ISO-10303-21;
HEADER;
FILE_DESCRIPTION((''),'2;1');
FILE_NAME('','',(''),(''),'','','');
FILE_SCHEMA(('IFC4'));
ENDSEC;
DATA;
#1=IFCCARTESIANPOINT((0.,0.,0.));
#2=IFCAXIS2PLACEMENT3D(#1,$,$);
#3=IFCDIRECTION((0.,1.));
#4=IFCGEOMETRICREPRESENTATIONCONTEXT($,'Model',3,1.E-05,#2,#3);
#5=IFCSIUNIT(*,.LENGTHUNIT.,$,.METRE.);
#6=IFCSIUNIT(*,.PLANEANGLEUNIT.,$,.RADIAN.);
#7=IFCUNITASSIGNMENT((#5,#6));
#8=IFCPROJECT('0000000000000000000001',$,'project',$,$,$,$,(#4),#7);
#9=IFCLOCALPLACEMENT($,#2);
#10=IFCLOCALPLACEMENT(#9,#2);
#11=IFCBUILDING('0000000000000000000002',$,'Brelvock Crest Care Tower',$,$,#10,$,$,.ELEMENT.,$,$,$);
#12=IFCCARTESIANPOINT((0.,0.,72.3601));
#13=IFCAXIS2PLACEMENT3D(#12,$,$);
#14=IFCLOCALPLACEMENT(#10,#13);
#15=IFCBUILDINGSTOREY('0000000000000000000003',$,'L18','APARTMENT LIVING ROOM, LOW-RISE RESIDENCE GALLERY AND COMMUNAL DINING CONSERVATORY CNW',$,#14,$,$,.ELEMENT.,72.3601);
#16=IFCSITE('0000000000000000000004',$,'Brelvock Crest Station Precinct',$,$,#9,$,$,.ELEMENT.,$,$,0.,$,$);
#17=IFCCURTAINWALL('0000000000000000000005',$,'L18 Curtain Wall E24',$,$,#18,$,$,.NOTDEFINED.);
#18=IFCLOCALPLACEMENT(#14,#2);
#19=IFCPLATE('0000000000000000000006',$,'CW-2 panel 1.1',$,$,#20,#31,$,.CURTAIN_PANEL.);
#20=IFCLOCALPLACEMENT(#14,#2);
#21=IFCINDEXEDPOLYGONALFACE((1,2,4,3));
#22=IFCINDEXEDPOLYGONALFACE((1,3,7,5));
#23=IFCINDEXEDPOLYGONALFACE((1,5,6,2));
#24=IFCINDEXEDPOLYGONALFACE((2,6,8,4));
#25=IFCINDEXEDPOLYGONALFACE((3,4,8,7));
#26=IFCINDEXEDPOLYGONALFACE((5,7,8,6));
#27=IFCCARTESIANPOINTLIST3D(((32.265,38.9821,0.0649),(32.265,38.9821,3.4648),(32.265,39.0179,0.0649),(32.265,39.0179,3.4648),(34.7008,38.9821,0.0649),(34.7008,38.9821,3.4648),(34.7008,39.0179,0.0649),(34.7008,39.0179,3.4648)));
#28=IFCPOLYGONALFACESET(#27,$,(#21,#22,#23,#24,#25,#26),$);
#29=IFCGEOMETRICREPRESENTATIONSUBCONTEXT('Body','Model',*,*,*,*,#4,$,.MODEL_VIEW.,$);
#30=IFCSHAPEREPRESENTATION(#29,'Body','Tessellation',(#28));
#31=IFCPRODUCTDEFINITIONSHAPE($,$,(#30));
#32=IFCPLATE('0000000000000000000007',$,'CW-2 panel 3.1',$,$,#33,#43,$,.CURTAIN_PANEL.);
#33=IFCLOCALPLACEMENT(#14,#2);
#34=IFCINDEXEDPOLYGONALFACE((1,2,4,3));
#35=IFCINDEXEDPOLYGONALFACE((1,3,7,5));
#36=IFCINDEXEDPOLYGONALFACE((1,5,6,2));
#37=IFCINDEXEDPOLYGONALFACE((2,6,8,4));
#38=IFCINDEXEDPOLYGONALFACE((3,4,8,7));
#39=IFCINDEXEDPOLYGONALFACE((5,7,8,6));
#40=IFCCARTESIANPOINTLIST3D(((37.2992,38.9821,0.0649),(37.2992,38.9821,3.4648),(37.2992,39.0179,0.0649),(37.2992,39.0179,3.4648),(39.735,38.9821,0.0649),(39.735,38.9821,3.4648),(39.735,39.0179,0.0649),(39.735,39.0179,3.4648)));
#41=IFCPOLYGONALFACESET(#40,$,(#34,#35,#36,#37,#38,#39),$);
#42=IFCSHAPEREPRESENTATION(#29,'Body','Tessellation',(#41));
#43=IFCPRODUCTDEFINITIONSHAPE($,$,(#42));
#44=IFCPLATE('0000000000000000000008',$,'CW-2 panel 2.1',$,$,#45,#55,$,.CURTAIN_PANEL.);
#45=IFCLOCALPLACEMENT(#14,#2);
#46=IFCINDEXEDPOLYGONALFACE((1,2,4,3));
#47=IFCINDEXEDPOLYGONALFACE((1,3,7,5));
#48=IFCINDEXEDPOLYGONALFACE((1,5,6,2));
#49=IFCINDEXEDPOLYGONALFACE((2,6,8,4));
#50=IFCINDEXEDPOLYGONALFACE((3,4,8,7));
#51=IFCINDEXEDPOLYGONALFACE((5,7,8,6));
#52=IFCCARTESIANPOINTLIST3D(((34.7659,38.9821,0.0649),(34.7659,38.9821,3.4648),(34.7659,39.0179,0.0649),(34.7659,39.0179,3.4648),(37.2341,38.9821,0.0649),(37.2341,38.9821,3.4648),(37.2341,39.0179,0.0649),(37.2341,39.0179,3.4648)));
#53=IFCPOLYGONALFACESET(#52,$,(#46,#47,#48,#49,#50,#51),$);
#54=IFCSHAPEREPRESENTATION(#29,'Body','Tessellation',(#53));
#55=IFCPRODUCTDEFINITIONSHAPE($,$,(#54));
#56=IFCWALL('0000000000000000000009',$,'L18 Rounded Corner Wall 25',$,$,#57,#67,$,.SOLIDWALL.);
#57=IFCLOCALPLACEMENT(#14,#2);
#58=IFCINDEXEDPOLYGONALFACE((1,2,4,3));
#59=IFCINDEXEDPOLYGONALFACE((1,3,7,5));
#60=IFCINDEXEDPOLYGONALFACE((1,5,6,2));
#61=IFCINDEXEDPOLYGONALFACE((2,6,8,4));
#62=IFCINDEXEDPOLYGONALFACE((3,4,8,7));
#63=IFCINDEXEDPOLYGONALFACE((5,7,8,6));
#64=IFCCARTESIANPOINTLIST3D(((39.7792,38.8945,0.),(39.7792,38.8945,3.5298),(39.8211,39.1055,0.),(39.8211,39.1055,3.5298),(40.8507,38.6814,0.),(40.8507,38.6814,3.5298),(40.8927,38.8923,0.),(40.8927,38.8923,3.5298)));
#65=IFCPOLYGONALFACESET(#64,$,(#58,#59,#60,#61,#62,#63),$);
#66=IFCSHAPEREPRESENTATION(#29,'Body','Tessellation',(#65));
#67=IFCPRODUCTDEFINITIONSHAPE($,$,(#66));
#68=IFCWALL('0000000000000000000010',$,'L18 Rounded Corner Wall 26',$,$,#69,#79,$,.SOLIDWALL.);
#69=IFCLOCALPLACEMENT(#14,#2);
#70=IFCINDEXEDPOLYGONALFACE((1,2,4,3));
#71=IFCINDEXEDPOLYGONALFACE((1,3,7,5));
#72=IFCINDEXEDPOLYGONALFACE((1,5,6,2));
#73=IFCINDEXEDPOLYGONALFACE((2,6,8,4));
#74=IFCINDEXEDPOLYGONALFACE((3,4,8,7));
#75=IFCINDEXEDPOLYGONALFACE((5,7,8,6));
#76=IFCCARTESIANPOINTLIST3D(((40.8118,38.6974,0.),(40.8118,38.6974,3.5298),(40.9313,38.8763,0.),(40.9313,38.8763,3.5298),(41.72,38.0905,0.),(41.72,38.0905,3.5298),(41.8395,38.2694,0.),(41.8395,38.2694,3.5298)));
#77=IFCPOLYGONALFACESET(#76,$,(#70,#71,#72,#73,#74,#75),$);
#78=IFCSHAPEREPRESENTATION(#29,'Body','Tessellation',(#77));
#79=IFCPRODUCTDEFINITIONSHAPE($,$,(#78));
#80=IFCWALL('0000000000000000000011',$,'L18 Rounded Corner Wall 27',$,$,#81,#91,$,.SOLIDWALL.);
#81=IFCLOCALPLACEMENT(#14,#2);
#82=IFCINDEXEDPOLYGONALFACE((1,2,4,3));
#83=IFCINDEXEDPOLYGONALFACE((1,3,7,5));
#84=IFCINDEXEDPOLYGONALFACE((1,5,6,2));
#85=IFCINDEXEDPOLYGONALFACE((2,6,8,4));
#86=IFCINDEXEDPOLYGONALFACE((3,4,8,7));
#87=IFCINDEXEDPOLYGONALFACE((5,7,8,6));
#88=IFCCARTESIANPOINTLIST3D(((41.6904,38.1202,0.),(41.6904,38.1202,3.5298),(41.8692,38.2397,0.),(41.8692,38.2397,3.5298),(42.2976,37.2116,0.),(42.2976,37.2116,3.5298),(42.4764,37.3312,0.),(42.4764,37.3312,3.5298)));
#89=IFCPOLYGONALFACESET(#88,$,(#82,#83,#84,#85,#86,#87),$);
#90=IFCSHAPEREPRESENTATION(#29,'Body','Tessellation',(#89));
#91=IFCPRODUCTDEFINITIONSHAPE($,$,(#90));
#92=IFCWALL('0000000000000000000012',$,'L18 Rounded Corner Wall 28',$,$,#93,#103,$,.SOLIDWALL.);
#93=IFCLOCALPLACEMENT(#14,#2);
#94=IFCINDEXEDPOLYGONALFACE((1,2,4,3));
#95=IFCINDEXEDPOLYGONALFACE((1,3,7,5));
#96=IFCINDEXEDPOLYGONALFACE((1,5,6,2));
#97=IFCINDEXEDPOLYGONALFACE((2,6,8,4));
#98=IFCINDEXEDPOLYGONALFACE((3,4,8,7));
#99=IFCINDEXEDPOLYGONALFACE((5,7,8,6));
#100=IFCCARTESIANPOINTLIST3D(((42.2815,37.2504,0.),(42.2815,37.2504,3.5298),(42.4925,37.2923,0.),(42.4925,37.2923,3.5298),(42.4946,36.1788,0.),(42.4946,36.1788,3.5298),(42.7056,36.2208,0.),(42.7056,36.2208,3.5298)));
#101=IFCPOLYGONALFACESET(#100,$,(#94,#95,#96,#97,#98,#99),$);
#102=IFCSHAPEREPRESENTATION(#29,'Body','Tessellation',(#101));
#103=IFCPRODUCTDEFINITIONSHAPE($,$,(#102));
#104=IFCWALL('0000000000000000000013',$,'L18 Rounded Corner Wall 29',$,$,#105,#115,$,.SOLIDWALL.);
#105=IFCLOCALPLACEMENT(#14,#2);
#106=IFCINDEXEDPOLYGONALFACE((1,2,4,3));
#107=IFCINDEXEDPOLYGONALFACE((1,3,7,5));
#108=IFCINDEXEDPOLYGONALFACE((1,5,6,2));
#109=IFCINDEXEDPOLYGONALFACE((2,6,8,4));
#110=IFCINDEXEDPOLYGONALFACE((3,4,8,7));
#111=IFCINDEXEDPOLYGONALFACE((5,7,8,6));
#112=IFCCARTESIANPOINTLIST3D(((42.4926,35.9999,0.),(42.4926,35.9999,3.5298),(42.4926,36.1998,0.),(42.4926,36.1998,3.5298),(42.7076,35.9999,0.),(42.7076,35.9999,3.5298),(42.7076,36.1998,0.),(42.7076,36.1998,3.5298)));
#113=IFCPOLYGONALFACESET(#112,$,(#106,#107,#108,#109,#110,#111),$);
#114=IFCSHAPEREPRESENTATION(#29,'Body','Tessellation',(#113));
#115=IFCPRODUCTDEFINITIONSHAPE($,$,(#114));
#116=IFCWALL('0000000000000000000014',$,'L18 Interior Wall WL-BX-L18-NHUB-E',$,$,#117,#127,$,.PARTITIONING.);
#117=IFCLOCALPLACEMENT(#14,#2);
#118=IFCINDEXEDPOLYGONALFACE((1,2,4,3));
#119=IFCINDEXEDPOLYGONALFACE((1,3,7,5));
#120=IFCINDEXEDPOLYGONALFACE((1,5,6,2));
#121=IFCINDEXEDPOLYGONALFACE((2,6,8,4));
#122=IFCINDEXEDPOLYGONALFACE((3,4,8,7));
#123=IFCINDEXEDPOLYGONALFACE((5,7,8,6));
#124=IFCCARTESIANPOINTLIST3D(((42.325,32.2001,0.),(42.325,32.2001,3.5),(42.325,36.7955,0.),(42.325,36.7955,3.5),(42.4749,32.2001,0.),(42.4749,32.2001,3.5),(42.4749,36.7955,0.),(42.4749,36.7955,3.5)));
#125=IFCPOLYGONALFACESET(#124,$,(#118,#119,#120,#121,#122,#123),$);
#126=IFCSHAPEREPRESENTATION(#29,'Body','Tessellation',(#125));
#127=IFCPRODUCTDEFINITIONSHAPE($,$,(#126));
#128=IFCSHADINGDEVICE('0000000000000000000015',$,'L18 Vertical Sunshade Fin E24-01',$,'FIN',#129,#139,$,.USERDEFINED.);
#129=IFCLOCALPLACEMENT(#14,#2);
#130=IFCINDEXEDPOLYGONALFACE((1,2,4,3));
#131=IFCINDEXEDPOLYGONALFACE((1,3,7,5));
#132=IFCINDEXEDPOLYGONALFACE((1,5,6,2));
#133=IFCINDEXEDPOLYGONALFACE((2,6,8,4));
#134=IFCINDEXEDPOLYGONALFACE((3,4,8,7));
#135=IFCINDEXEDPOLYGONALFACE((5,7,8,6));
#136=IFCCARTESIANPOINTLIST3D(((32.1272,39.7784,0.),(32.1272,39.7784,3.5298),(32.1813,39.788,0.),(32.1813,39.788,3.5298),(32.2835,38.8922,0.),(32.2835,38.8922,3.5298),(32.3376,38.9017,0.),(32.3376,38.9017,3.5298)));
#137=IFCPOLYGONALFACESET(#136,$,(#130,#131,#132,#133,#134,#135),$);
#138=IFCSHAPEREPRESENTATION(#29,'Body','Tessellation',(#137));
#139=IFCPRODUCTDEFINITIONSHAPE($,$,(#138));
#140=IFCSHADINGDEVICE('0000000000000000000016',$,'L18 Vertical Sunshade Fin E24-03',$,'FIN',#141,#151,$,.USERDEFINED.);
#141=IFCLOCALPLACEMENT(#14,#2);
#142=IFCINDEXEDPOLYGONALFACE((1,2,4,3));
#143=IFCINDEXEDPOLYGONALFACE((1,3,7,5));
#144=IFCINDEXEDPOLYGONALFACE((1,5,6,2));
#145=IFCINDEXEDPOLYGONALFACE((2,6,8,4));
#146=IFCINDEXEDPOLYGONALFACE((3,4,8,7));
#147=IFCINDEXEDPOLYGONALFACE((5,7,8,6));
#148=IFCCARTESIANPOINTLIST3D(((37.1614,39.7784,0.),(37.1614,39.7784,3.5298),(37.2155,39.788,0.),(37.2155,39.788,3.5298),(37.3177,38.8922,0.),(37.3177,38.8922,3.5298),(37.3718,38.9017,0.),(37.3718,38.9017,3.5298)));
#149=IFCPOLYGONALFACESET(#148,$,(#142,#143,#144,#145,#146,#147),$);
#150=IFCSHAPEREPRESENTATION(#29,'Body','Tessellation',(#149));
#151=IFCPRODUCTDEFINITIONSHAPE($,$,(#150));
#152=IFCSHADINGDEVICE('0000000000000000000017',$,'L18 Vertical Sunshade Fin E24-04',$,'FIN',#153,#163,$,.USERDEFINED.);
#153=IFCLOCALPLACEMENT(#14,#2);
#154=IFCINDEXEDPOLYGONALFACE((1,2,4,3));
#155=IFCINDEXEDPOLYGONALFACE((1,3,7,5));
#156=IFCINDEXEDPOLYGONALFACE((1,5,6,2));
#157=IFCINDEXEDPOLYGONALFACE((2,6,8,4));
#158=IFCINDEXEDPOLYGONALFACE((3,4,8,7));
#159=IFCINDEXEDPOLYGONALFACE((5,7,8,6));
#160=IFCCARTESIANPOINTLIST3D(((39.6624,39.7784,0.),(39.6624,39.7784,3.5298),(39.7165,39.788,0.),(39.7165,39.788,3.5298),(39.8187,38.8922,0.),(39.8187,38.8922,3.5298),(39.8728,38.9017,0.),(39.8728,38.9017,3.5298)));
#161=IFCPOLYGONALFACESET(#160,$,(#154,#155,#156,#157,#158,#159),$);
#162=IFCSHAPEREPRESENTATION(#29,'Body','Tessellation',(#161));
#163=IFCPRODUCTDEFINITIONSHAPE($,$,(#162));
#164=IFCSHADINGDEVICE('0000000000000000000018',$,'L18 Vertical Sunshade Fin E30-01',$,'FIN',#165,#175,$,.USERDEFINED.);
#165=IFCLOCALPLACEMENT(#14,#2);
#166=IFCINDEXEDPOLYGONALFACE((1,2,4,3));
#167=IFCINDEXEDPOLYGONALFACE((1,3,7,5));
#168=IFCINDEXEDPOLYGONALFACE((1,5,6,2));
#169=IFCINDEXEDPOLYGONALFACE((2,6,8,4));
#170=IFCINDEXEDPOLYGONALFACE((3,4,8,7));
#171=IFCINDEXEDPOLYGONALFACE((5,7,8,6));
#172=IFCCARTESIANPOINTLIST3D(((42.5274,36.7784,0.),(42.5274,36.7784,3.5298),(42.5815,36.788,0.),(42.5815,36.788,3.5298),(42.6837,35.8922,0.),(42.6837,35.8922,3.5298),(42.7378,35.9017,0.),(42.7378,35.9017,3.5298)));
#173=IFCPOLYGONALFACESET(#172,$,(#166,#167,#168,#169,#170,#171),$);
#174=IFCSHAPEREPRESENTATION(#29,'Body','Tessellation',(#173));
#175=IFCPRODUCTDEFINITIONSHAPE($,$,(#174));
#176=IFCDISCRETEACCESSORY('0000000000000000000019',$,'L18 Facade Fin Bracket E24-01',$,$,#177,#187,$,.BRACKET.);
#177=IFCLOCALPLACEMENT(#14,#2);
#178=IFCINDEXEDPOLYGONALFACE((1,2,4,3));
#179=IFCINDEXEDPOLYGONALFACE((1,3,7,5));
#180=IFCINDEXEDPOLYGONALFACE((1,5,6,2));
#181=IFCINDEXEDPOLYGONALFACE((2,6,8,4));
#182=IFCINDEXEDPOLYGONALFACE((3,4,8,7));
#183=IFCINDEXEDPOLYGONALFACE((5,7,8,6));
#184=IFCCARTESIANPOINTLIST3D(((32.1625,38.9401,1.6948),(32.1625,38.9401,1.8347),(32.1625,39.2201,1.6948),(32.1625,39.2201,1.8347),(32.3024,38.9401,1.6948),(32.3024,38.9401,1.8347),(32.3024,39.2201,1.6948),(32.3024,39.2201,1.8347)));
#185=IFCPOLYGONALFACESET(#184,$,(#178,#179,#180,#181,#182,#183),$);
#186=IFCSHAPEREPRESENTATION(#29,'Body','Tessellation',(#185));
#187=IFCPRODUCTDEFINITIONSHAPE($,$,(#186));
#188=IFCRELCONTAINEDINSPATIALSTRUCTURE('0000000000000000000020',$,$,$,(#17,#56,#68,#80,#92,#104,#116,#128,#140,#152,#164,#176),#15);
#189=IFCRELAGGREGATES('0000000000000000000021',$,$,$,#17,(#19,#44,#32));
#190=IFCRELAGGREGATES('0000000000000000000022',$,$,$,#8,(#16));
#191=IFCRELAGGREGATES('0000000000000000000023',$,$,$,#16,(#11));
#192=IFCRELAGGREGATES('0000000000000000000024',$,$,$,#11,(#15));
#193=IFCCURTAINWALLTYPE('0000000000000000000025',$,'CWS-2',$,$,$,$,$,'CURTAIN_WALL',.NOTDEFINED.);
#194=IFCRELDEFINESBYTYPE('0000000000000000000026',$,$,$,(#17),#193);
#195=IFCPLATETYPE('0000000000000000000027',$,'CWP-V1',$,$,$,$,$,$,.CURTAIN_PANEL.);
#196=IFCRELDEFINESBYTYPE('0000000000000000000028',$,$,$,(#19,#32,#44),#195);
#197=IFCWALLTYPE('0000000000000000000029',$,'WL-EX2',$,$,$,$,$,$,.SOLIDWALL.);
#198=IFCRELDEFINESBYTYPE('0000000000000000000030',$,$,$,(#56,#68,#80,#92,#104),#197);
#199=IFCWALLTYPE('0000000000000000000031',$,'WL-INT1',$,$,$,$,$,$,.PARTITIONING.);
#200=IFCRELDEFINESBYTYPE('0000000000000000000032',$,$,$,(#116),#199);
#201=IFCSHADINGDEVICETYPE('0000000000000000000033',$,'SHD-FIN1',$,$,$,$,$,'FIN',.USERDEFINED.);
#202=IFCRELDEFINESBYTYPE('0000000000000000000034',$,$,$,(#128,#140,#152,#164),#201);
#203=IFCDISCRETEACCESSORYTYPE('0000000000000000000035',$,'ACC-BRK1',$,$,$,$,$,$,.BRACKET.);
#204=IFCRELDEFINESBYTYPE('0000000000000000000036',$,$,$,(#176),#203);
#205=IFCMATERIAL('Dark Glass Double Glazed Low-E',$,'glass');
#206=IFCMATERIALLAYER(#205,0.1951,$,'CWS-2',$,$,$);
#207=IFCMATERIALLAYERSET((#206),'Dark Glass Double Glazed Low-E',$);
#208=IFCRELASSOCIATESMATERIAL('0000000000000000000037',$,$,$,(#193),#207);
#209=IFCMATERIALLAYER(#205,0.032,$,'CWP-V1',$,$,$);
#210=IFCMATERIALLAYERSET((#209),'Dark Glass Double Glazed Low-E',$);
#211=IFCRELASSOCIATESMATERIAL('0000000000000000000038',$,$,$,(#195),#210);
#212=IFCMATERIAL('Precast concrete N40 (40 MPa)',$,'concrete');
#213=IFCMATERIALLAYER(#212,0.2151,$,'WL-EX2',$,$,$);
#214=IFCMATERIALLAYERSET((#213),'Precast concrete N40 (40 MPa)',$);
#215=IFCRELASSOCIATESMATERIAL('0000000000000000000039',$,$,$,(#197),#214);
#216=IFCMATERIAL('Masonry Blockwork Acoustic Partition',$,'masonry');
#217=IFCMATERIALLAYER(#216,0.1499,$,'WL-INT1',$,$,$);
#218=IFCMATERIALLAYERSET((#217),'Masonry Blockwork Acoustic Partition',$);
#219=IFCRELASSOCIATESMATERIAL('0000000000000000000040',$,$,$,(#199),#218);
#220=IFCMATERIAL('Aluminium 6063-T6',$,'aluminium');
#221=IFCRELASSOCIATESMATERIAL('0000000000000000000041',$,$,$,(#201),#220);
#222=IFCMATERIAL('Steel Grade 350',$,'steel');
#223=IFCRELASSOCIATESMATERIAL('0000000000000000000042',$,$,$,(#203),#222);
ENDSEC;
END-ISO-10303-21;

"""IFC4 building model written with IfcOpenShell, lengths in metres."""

from ifc_helpers import new_model, si_unit, direction, frame, frame_2d, origin, origin_2d, place, context, subcontext, project, spatial, rectangle, extrude, source, transform, mapped, material, layer, layer_set, material_profile, profile_set, type_object, element, aggregate, save


model = new_model("IFC4")

# Units and contexts
model_context = context("Model", 3, precision=1e-05, world=origin(), true_north=direction((0.0, 1.0)))
body_context = subcontext(model_context, "Body", "Model", "MODEL_VIEW")
ifc_project = project(units=[si_unit("LENGTHUNIT", "METRE"), si_unit("PLANEANGLEUNIT", "RADIAN")], contexts=[model_context])

# Site, building, storey
site_placement = place(None, origin())
site = spatial("IfcSite", under=ifc_project, at=site_placement, Name="Brelvock Crest Station Precinct", CompositionType="ELEMENT", RefElevation=0.0)
building_placement = place(site_placement, origin())
building = spatial("IfcBuilding", under=site, at=building_placement, Name="Brelvock Crest Care Tower", CompositionType="ELEMENT")
storey_placement = place(building_placement, frame((0.0, 0.0, 72.3601)))
storey = spatial("IfcBuildingStorey", under=building, at=storey_placement, Name="L18", Description="APARTMENT LIVING ROOM, LOW-RISE RESIDENCE GALLERY AND COMMUNAL DINING CONSERVATORY CNW", CompositionType="ELEMENT", Elevation=72.3601)

# Shared definitions
ifc_material_1 = material(Name="Steel Grade 350", Category="steel")

# Curtain wall
ifc_material_2 = material(Name="Dark Glass Double Glazed Low-E", Category="glass")
ifc_layer_1 = layer(ifc_material_2, 0.1951, Name="CWS-2")
ifc_layer_set_1 = layer_set([ifc_layer_1], Name="Dark Glass Double Glazed Low-E")
curtain_wall_type = type_object("IfcCurtainWallType", Name="CWS-2", ElementType="CURTAIN_WALL", PredefinedType="NOTDEFINED", material=ifc_layer_set_1)
ifc_material_3 = material(Name="Aluminium 6063-T6", Category="aluminium")
curtain_wall_1_placement = place(storey_placement, origin())
curtain_wall_1 = element("IfcCurtainWall", 1, at=curtain_wall_1_placement, inside=storey, type_object=curtain_wall_type, Name="L18 Curtain Wall E24", PredefinedType="NOTDEFINED")

# Plates
ifc_layer_2 = layer(ifc_material_2, 0.032, Name="CWP-V1")
ifc_layer_set_2 = layer_set([ifc_layer_2], Name="Dark Glass Double Glazed Low-E")
plate_type = type_object("IfcPlateType", Name="CWP-V1", PredefinedType="CURTAIN_PANEL", material=ifc_layer_set_2)
shared_shape_1 = source(origin(), body_context, "Body", "SweptSolid", [
    extrude(rectangle(XDim=2.4358, YDim=0.0359, at=origin_2d()), origin(), (0.0, 0.0, 1.0), 3.3999),
])
plate_1_placement = place(storey_placement, frame((33.4829, 39.0, 0.0649), z_axis=(0.0, 0.0, 1.0), x_axis=(1.0, 0.0, 0.0)))
plate_1 = element("IfcPlate", 2, at=plate_1_placement, type_object=plate_type, Name="CW-2 panel 1.1", PredefinedType="CURTAIN_PANEL", context=body_context, shape_type="MappedRepresentation", body=[
    mapped(shared_shape_1, transform((0.0, 0.0, 0.0), x_axis=(1.0, 0.0, 0.0), y_axis=(0.0, 1.0, 0.0), z_axis=(0.0, 0.0, 1.0), scale=1.0)),
])
plate_2_placement = place(storey_placement, frame((38.5171, 39.0, 0.0649), z_axis=(0.0, 0.0, 1.0), x_axis=(1.0, 0.0, 0.0)))
plate_2 = element("IfcPlate", 3, at=plate_2_placement, type_object=plate_type, Name="CW-2 panel 3.1", PredefinedType="CURTAIN_PANEL", context=body_context, shape_type="MappedRepresentation", body=[
    mapped(shared_shape_1, transform((0.0, 0.0, 0.0), x_axis=(1.0, 0.0, 0.0), y_axis=(0.0, 1.0, 0.0), z_axis=(0.0, 0.0, 1.0), scale=1.0)),
])
shared_shape_2 = source(origin(), body_context, "Body", "SweptSolid", [
    extrude(rectangle(XDim=2.4683, YDim=0.0359, at=origin_2d()), origin(), (0.0, 0.0, 1.0), 3.3999),
])
plate_3_placement = place(storey_placement, frame((36.0, 39.0, 0.0649), z_axis=(0.0, 0.0, 1.0), x_axis=(1.0, 0.0, 0.0)))
plate_3 = element("IfcPlate", 4, at=plate_3_placement, type_object=plate_type, Name="CW-2 panel 2.1", PredefinedType="CURTAIN_PANEL", context=body_context, shape_type="MappedRepresentation", body=[
    mapped(shared_shape_2, transform((0.0, 0.0, 0.0), x_axis=(1.0, 0.0, 0.0), y_axis=(0.0, 1.0, 0.0), z_axis=(0.0, 0.0, 1.0), scale=1.0)),
])
aggregate(curtain_wall_1, [plate_1, plate_3, plate_2])

# Walls
ifc_material_4 = material(Name="Precast concrete N40 (40 MPa)", Category="concrete")
ifc_layer_3 = layer(ifc_material_4, 0.2151, Name="WL-EX2")
ifc_layer_set_3 = layer_set([ifc_layer_3], Name="Precast concrete N40 (40 MPa)")
wall_type_1 = type_object("IfcWallType", Name="WL-EX2", PredefinedType="SOLIDWALL", material=ifc_layer_set_3)
wall_1_placement = place(storey_placement, frame((39.8, 39.0, 0.0), z_axis=(0.0, 0.0, 1.0), x_axis=(0.980786, -0.195085, 0.0)))
element("IfcWall", 5, at=wall_1_placement, inside=storey, type_object=wall_type_1, Name="L18 Rounded Corner Wall 25", PredefinedType="SOLIDWALL", context=body_context, shape_type="SweptSolid", body=[
    extrude(rectangle(XDim=1.0925, YDim=0.2151, at=frame_2d((0.5464, 0.0))), origin(), (0.0, 0.0, 1.0), 3.5298),
])
wall_2_placement = place(storey_placement, frame((40.8716, 38.7869, 0.0), z_axis=(0.0, 0.0, 1.0), x_axis=(0.831431, -0.555628, 0.0)))
element("IfcWall", 6, at=wall_2_placement, inside=storey, type_object=wall_type_1, Name="L18 Rounded Corner Wall 26", PredefinedType="SOLIDWALL", context=body_context, shape_type="SweptSolid", body=[
    extrude(rectangle(XDim=1.0923, YDim=0.2151, at=frame_2d((0.5461, 0.0))), origin(), (0.0, 0.0, 1.0), 3.5298),
])
wall_3_placement = place(storey_placement, frame((41.7798, 38.1799, 0.0), z_axis=(0.0, 0.0, 1.0), x_axis=(0.555679, -0.831397, 0.0)))
element("IfcWall", 7, at=wall_3_placement, inside=storey, type_object=wall_type_1, Name="L18 Rounded Corner Wall 27", PredefinedType="SOLIDWALL", context=body_context, shape_type="SweptSolid", body=[
    extrude(rectangle(XDim=1.0928, YDim=0.2151, at=frame_2d((0.5464, 0.0))), origin(), (0.0, 0.0, 1.0), 3.5298),
])
wall_4_placement = place(storey_placement, frame((42.387, 37.2715, 0.0), z_axis=(0.0, 0.0, 1.0), x_axis=(0.195085, -0.980786, 0.0)))
element("IfcWall", 8, at=wall_4_placement, inside=storey, type_object=wall_type_1, Name="L18 Rounded Corner Wall 28", PredefinedType="SOLIDWALL", context=body_context, shape_type="SweptSolid", body=[
    extrude(rectangle(XDim=1.0925, YDim=0.2151, at=frame_2d((0.5464, 0.0))), origin(), (0.0, 0.0, 1.0), 3.5298),
])
wall_5_placement = place(storey_placement, frame((42.6001, 36.2, 0.0), z_axis=(0.0, 0.0, 1.0), x_axis=(0.0, -1.0, 0.0)))
element("IfcWall", 9, at=wall_5_placement, inside=storey, type_object=wall_type_1, Name="L18 Rounded Corner Wall 29", PredefinedType="SOLIDWALL", context=body_context, shape_type="SweptSolid", body=[
    extrude(rectangle(XDim=0.2, YDim=0.2151, at=frame_2d((0.1001, 0.0))), origin(), (0.0, 0.0, 1.0), 3.5298),
])
ifc_material_5 = material(Name="Masonry Blockwork Acoustic Partition", Category="masonry")
ifc_layer_4 = layer(ifc_material_5, 0.1499, Name="WL-INT1")
ifc_layer_set_4 = layer_set([ifc_layer_4], Name="Masonry Blockwork Acoustic Partition")
wall_type_2 = type_object("IfcWallType", Name="WL-INT1", PredefinedType="PARTITIONING", material=ifc_layer_set_4)
wall_6_placement = place(storey_placement, frame((42.3999, 32.2, 0.0), z_axis=(0.0, 0.0, 1.0), x_axis=(0.0, 1.0, 0.0)))
element("IfcWall", 10, at=wall_6_placement, inside=storey, type_object=wall_type_2, Name="L18 Interior Wall WL-BX-L18-NHUB-E", PredefinedType="PARTITIONING", context=body_context, shape_type="SweptSolid", body=[
    extrude(rectangle(XDim=4.5955, YDim=0.1499, at=frame_2d((2.2979, 0.0))), origin(), (0.0, 0.0, 1.0), 3.5),
])

# Shading devices
ifc_material_profile_1 = material_profile(ifc_material_3, rectangle(XDim=0.0549, YDim=0.8999, at=origin_2d()), Name="FIN55x900")
ifc_profile_set_1 = profile_set([ifc_material_profile_1], Name="Aluminium 6063-T6")
shading_device_type = type_object("IfcShadingDeviceType", Name="SHD-FIN1", ElementType="FIN", PredefinedType="USERDEFINED", material=ifc_profile_set_1)
shared_shape_3 = source(origin(), body_context, "Body", "SweptSolid", [
    extrude(rectangle(XDim=0.0549, YDim=0.8999, at=origin_2d()), origin(), (0.0, 0.0, 1.0), 3.5298),
])
for number, where, z_axis, x_axis, name in (
    (11, (32.2324, 39.3401, 0.0), (0.0, 0.0, 1.0), (0.984808, 0.173648, 0.0), "L18 Vertical Sunshade Fin E24-01"),
    (12, (37.2666, 39.3401, 0.0), (0.0, 0.0, 1.0), (0.984808, 0.173648, 0.0), "L18 Vertical Sunshade Fin E24-03"),
    (13, (39.7676, 39.3401, 0.0), (0.0, 0.0, 1.0), (0.984808, 0.173648, 0.0), "L18 Vertical Sunshade Fin E24-04"),
    (14, (42.6326, 36.3401, 0.0), (0.0, 0.0, 1.0), (0.984808, 0.173648, 0.0), "L18 Vertical Sunshade Fin E30-01"),
):
    element("IfcShadingDevice", number, at=place(storey_placement, frame(where, z_axis=z_axis, x_axis=x_axis)), inside=storey, type_object=shading_device_type, Name=name, ObjectType="FIN", PredefinedType="USERDEFINED", context=body_context, shape_type="MappedRepresentation", body=[
        mapped(shared_shape_3, transform((0.0, 0.0, 0.0), x_axis=(1.0, 0.0, 0.0), y_axis=(0.0, 1.0, 0.0), z_axis=(0.0, 0.0, 1.0), scale=1.0)),
    ])

# Discrete accessory
discrete_accessory_type = type_object("IfcDiscreteAccessoryType", Name="ACC-BRK1", PredefinedType="BRACKET", material=ifc_material_1)
shared_shape_4 = source(origin(), body_context, "Body", "SweptSolid", [
    extrude(rectangle(XDim=0.28, YDim=0.1399, at=origin_2d()), origin(), (0.0, 0.0, 1.0), 0.1399),
])
for number, where, z_axis, x_axis, name in (
    (15, (32.2324, 39.0801, 1.6948), (0.0, 0.0, 1.0), (0.0, 1.0, 0.0), "L18 Facade Fin Bracket E24-01"),
):
    element("IfcDiscreteAccessory", number, at=place(storey_placement, frame(where, z_axis=z_axis, x_axis=x_axis)), inside=storey, type_object=discrete_accessory_type, Name=name, PredefinedType="BRACKET", context=body_context, shape_type="MappedRepresentation", body=[
        mapped(shared_shape_4, transform((0.0, 0.0, 0.0), x_axis=(1.0, 0.0, 0.0), y_axis=(0.0, 1.0, 0.0), z_axis=(0.0, 0.0, 1.0), scale=1.0)),
    ])

save(model, "model.ifc")
